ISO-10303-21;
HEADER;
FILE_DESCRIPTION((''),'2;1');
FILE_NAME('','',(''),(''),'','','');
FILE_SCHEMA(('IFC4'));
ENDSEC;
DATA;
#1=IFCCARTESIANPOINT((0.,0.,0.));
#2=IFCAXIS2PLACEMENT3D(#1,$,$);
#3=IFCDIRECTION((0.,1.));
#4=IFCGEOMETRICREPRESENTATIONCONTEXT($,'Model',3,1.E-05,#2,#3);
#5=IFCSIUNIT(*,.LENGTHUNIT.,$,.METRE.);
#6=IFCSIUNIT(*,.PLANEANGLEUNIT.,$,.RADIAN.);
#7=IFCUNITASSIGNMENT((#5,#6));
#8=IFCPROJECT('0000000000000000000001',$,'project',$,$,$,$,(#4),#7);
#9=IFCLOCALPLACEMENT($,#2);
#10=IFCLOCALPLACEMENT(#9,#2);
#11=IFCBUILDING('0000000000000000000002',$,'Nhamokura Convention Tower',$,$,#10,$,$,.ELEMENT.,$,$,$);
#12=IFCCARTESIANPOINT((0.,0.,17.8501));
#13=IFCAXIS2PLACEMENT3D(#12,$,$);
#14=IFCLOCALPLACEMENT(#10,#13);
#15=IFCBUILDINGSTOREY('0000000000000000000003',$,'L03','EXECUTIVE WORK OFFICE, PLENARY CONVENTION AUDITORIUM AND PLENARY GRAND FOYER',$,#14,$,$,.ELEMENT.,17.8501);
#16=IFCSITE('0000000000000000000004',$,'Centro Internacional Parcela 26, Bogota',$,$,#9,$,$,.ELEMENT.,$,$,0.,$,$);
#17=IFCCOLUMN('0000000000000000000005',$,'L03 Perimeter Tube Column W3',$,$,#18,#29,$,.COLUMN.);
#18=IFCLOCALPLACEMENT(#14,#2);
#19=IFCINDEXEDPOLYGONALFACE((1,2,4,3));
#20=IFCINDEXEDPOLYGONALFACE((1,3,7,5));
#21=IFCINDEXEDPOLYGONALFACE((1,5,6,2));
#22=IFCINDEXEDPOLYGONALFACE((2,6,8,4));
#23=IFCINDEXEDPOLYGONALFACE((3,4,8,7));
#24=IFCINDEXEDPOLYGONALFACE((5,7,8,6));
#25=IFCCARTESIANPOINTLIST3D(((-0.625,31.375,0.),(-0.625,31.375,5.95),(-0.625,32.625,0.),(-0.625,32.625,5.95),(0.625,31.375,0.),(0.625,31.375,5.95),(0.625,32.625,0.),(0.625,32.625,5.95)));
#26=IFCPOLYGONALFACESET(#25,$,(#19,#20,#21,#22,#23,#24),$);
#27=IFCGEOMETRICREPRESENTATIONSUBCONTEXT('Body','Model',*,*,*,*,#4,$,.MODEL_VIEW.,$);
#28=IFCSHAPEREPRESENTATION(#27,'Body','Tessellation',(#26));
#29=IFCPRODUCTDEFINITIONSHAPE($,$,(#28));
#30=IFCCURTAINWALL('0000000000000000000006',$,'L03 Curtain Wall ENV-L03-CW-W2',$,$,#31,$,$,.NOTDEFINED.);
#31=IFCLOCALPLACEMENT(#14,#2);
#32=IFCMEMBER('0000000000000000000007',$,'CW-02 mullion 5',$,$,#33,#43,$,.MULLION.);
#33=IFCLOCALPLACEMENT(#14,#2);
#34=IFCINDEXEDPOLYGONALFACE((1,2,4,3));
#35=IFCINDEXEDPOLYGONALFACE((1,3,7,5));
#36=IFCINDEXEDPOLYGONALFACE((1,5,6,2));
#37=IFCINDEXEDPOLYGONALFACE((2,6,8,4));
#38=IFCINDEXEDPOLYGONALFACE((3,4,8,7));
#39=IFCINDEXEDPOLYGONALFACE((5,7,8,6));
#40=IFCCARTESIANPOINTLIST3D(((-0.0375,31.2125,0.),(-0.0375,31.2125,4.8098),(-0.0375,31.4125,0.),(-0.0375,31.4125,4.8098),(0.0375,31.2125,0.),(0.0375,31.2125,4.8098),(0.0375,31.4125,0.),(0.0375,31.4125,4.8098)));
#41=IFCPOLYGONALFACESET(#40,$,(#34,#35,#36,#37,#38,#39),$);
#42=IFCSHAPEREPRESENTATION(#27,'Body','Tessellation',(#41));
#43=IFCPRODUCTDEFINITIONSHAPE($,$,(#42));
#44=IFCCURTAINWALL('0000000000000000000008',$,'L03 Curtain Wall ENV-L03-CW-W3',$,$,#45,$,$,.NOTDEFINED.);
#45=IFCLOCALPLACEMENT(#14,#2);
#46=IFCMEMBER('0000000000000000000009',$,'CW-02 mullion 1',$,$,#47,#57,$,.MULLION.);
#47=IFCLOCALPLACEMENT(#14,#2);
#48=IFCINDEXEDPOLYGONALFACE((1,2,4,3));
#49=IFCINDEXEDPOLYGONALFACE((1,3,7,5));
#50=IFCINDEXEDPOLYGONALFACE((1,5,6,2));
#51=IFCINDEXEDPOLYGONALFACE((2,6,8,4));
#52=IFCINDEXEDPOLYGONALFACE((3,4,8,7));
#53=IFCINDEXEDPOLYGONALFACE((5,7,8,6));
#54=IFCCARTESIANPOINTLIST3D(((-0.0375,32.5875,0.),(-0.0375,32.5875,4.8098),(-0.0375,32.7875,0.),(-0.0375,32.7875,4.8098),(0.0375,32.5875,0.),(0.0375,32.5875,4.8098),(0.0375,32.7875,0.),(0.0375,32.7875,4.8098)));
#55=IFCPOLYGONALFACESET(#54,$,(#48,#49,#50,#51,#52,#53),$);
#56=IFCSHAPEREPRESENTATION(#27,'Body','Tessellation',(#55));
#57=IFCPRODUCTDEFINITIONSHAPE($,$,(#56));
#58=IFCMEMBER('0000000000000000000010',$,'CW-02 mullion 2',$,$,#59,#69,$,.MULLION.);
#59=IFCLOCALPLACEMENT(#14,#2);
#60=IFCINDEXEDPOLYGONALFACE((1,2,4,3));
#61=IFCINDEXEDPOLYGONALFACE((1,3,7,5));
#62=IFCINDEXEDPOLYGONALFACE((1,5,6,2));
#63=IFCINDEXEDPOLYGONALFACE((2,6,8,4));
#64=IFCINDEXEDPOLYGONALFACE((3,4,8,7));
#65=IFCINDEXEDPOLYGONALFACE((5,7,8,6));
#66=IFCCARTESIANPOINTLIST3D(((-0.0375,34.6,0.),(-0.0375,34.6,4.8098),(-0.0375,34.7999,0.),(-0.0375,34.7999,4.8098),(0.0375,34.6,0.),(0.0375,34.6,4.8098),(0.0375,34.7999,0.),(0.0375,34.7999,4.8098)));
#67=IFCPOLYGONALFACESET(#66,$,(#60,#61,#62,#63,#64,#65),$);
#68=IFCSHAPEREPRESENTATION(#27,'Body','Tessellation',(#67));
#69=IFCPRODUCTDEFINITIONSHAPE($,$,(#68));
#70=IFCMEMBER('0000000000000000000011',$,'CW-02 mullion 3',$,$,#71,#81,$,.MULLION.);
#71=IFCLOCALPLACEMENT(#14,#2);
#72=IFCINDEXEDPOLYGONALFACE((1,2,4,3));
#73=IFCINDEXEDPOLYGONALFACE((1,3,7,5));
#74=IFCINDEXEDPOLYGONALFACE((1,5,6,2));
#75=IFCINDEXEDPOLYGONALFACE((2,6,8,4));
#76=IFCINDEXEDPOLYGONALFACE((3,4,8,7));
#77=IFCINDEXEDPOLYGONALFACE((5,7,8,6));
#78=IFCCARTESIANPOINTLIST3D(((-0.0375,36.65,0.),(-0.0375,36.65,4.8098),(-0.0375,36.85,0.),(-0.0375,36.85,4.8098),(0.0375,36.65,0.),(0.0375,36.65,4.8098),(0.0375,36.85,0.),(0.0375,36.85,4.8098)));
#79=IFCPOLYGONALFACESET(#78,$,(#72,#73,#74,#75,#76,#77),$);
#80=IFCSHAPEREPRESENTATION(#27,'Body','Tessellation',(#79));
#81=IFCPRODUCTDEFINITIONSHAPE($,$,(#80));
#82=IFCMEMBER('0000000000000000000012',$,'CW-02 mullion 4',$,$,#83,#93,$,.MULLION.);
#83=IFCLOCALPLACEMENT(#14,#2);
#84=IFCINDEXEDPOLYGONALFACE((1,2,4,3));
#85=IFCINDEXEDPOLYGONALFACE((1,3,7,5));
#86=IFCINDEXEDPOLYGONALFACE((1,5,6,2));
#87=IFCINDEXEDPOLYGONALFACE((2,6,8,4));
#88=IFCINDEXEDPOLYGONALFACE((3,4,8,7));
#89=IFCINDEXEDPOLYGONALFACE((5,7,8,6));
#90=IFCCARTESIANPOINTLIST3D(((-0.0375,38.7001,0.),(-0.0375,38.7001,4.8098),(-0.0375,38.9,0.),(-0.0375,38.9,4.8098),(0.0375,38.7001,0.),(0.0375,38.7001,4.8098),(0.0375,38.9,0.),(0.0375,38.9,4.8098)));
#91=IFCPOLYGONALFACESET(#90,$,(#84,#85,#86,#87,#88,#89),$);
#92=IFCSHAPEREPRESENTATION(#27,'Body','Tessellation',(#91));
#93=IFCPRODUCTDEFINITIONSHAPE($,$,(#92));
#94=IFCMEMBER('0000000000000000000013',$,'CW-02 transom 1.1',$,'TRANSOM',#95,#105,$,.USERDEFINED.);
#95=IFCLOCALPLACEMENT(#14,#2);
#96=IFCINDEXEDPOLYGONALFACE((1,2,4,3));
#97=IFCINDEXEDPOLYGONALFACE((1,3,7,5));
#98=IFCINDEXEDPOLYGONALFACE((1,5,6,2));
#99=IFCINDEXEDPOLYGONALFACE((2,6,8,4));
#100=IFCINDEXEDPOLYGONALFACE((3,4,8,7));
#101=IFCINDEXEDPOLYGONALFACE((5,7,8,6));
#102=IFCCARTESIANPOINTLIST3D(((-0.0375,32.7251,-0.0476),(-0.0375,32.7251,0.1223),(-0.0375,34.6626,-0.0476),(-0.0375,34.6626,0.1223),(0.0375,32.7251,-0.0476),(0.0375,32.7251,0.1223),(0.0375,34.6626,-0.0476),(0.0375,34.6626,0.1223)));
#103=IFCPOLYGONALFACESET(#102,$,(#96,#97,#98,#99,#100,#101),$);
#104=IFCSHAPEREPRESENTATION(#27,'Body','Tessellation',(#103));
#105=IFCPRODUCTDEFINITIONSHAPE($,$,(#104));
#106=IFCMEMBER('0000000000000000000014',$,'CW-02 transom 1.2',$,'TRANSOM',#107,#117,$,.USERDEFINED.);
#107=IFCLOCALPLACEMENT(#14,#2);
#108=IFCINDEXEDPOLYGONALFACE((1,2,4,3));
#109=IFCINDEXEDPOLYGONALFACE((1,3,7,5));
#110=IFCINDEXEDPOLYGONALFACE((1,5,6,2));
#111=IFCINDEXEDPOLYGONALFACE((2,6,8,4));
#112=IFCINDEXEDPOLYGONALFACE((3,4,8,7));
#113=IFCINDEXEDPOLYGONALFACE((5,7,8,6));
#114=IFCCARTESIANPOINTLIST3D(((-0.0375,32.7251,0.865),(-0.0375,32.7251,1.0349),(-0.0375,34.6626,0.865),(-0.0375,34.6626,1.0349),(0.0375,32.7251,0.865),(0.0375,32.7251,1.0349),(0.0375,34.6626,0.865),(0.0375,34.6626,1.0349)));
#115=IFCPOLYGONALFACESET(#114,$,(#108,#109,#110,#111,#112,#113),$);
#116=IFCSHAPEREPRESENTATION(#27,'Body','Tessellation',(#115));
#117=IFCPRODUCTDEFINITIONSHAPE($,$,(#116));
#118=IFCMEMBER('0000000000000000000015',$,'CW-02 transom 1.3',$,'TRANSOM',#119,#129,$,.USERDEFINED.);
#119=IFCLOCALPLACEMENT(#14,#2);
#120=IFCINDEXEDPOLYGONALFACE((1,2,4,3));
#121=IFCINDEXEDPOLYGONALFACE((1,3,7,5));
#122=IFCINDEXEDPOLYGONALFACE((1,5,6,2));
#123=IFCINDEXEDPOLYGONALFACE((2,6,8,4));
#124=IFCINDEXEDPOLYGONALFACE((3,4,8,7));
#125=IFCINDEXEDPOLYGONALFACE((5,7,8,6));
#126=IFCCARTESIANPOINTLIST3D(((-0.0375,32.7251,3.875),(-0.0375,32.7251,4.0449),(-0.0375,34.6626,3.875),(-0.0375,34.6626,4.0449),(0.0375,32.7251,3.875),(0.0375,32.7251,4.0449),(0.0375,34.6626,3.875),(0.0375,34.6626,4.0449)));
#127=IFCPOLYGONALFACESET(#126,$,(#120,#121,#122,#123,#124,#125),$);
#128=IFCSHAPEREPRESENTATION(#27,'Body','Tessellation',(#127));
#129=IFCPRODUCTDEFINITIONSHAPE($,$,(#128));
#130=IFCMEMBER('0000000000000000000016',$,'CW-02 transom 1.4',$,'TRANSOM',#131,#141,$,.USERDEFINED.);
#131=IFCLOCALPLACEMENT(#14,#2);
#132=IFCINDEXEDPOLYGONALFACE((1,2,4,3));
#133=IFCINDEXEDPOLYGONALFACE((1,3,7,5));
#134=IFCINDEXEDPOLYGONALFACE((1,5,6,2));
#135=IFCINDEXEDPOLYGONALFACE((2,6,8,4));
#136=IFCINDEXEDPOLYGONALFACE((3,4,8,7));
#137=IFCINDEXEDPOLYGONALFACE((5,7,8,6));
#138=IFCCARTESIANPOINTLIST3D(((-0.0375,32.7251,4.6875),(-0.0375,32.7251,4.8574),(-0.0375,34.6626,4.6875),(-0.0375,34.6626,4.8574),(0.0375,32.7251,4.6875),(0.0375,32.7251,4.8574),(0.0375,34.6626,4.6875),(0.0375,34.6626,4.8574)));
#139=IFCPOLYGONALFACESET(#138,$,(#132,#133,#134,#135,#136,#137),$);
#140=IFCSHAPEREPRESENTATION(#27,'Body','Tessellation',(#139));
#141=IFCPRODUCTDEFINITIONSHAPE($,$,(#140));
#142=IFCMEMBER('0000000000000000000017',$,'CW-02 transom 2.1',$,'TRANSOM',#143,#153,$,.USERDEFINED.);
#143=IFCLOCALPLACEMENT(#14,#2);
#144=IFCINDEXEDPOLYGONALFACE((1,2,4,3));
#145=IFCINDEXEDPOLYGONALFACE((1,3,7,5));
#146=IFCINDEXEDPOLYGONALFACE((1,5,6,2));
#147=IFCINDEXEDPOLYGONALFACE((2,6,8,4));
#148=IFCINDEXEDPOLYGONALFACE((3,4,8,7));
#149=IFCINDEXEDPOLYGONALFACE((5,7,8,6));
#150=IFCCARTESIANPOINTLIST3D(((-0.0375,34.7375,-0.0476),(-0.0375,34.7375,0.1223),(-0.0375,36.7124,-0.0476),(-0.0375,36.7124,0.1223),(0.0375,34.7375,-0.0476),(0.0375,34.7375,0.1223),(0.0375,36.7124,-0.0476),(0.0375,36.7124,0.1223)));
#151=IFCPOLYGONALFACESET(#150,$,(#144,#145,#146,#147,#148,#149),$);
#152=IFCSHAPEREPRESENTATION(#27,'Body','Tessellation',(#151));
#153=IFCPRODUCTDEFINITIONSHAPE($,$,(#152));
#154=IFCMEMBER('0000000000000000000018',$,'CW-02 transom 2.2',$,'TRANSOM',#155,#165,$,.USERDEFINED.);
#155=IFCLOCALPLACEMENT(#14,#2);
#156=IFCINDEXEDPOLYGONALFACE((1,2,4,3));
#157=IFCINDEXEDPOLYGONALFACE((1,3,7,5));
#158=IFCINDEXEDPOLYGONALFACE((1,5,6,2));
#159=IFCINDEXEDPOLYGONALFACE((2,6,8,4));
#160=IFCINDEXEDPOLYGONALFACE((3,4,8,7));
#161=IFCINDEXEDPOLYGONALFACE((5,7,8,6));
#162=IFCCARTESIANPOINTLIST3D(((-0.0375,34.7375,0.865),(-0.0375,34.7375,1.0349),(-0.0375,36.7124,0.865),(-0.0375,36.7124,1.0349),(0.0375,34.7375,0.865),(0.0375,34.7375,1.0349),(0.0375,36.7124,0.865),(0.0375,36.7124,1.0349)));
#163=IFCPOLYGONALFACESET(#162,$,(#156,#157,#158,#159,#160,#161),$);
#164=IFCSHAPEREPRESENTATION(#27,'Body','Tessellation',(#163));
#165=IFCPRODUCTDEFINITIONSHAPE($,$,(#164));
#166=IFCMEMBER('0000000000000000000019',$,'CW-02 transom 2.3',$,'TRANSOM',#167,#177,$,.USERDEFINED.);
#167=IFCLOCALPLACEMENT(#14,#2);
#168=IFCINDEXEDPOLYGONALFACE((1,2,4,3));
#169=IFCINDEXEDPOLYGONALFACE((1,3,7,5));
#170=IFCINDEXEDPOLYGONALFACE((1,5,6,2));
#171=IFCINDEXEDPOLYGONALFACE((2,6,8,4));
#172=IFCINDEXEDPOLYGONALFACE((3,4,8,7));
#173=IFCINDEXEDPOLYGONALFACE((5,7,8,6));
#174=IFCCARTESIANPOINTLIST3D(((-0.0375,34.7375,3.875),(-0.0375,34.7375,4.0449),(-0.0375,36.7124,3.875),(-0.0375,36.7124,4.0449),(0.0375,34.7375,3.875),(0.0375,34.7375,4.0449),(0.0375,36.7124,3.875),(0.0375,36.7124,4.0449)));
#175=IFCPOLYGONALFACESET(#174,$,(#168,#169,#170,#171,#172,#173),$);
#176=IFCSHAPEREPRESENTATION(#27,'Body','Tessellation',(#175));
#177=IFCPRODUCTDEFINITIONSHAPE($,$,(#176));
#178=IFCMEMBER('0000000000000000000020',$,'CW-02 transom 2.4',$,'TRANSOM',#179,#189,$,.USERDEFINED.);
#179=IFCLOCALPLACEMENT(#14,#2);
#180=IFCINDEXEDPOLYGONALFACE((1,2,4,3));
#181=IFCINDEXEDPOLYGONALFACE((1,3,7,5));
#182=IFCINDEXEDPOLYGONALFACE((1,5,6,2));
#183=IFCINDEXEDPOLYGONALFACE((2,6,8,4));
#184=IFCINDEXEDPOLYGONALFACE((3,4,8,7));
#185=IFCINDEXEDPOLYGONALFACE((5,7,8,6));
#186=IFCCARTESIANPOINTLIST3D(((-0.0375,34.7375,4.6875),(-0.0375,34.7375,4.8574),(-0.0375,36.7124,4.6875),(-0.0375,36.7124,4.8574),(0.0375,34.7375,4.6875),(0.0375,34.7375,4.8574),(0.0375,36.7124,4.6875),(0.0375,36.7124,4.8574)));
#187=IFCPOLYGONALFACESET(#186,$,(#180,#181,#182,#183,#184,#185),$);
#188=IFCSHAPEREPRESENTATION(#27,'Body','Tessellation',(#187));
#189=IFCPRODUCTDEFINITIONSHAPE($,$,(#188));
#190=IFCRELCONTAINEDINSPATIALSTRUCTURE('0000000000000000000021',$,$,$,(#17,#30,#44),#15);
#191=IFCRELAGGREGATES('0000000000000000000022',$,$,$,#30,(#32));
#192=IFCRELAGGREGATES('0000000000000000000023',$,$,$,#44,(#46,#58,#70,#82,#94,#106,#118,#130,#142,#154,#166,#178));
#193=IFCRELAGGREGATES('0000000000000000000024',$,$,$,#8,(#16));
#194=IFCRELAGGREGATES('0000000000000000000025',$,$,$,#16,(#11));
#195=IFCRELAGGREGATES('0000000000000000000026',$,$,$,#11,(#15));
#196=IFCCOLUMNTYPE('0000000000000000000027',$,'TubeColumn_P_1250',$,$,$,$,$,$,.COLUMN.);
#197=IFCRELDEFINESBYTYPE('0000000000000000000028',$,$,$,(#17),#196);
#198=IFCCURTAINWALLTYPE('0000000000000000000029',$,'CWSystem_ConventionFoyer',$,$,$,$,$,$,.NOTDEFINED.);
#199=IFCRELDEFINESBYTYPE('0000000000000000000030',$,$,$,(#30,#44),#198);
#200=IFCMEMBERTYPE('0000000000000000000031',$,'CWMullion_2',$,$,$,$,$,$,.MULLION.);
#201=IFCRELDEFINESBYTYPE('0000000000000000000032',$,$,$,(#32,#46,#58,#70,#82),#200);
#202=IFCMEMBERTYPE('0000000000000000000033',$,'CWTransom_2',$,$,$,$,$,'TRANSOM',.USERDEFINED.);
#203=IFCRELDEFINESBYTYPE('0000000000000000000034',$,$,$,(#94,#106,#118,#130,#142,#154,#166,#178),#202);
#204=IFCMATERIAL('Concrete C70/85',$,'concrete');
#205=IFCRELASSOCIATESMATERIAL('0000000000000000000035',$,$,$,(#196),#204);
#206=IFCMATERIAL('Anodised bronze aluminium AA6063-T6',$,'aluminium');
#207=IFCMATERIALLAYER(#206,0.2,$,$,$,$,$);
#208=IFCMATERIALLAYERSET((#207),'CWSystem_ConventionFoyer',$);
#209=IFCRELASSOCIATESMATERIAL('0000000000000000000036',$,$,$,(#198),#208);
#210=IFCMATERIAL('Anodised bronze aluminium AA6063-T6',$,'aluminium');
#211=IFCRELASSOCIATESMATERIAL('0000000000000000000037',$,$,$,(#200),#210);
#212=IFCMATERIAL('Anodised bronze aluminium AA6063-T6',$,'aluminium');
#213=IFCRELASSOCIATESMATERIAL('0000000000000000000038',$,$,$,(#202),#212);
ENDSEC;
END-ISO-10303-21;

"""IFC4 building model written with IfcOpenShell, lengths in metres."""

from ifc_helpers import new_model, si_unit, direction, frame, origin, origin_2d, place, context, subcontext, project, spatial, rectangle, extrude, material, layer, layer_set, material_profile, profile_set, type_object, element, aggregate, save


model = new_model("IFC4")

# Units and contexts
model_context = context("Model", 3, precision=1e-05, world=origin(), true_north=direction((0.0, 1.0)))
body_context = subcontext(model_context, "Body", "Model", "MODEL_VIEW")
ifc_project = project(units=[si_unit("LENGTHUNIT", "METRE"), si_unit("PLANEANGLEUNIT", "RADIAN")], contexts=[model_context])

# Site, building, storey
site_placement = place(None, origin())
site = spatial("IfcSite", under=ifc_project, at=site_placement, Name="Centro Internacional Parcela 26, Bogota", CompositionType="ELEMENT", RefElevation=0.0)
building_placement = place(site_placement, origin())
building = spatial("IfcBuilding", under=site, at=building_placement, Name="Nhamokura Convention Tower", CompositionType="ELEMENT")
storey_placement = place(building_placement, frame((0.0, 0.0, 17.8501)))
storey = spatial("IfcBuildingStorey", under=building, at=storey_placement, Name="L03", Description="EXECUTIVE WORK OFFICE, PLENARY CONVENTION AUDITORIUM AND PLENARY GRAND FOYER", CompositionType="ELEMENT", Elevation=17.8501)

# Column
ifc_material_1 = material(Name="Concrete C70/85", Category="concrete")
ifc_material_profile_1 = material_profile(ifc_material_1, rectangle(XDim=1.25, YDim=1.25, at=origin_2d()))
ifc_profile_set_1 = profile_set([ifc_material_profile_1], Name="Concrete C70/85")
column_type = type_object("IfcColumnType", Name="TubeColumn_P_1250", PredefinedType="COLUMN", material=ifc_profile_set_1)
column_placement = place(storey_placement, frame((0.0, 32.0, 0.0), z_axis=(0.0, 0.0, 1.0), x_axis=(1.0, 0.0, 0.0)))
element("IfcColumn", 1, at=column_placement, inside=storey, type_object=column_type, Name="L03 Perimeter Tube Column W3", PredefinedType="COLUMN", context=body_context, shape_type="SweptSolid", body=[
    extrude(rectangle(XDim=1.25, YDim=1.25, at=origin_2d()), origin(), (0.0, 0.0, 1.0), 5.95),
])

# Curtain wall, member
ifc_material_2 = material(Name="Anodised bronze aluminium AA6063-T6", Category="aluminium")
ifc_layer_1 = layer(ifc_material_2, 0.2)
ifc_layer_set_1 = layer_set([ifc_layer_1], Name="CWSystem_ConventionFoyer")
curtain_wall_type = type_object("IfcCurtainWallType", Name="CWSystem_ConventionFoyer", PredefinedType="NOTDEFINED", material=ifc_layer_set_1)
curtain_wall_1_placement = place(storey_placement, origin())
curtain_wall_1 = element("IfcCurtainWall", 2, at=curtain_wall_1_placement, inside=storey, type_object=curtain_wall_type, Name="L03 Curtain Wall ENV-L03-CW-W2", PredefinedType="NOTDEFINED")
ifc_material_3 = material(Name="Anodised bronze aluminium AA6063-T6", Category="aluminium")
ifc_material_profile_2 = material_profile(ifc_material_3, rectangle(XDim=0.075, YDim=0.2, at=origin_2d()))
ifc_profile_set_2 = profile_set([ifc_material_profile_2], Name="Anodised bronze aluminium AA6063-T6")
member_type_1 = type_object("IfcMemberType", Name="CWMullion_2", PredefinedType="MULLION", material=ifc_profile_set_2)
member_1_placement = place(storey_placement, frame((0.0, 31.3125, 0.0), z_axis=(0.0, 0.0, 1.0), x_axis=(-1.0, 0.0, 0.0)))
member_1 = element("IfcMember", 3, at=member_1_placement, type_object=member_type_1, Name="CW-02 mullion 5", PredefinedType="MULLION", context=body_context, shape_type="SweptSolid", body=[
    extrude(rectangle(XDim=0.075, YDim=0.2, at=origin_2d()), origin(), (0.0, 0.0, 1.0), 4.8098),
])

# Curtain wall, members
curtain_wall_2_placement = place(storey_placement, origin())
curtain_wall_2 = element("IfcCurtainWall", 4, at=curtain_wall_2_placement, inside=storey, type_object=curtain_wall_type, Name="L03 Curtain Wall ENV-L03-CW-W3", PredefinedType="NOTDEFINED")
member_2_placement = place(storey_placement, frame((0.0, 32.6875, 0.0), z_axis=(0.0, 0.0, 1.0), x_axis=(-1.0, 0.0, 0.0)))
member_2 = element("IfcMember", 5, at=member_2_placement, type_object=member_type_1, Name="CW-02 mullion 1", PredefinedType="MULLION", context=body_context, shape_type="SweptSolid", body=[
    extrude(rectangle(XDim=0.075, YDim=0.2, at=origin_2d()), origin(), (0.0, 0.0, 1.0), 4.8098),
])
member_3_placement = place(storey_placement, frame((0.0, 34.7, 0.0), z_axis=(0.0, 0.0, 1.0), x_axis=(-1.0, 0.0, 0.0)))
member_3 = element("IfcMember", 6, at=member_3_placement, type_object=member_type_1, Name="CW-02 mullion 2", PredefinedType="MULLION", context=body_context, shape_type="SweptSolid", body=[
    extrude(rectangle(XDim=0.075, YDim=0.2, at=origin_2d()), origin(), (0.0, 0.0, 1.0), 4.8098),
])
member_4_placement = place(storey_placement, frame((0.0, 36.75, 0.0), z_axis=(0.0, 0.0, 1.0), x_axis=(-1.0, 0.0, 0.0)))
member_4 = element("IfcMember", 7, at=member_4_placement, type_object=member_type_1, Name="CW-02 mullion 3", PredefinedType="MULLION", context=body_context, shape_type="SweptSolid", body=[
    extrude(rectangle(XDim=0.075, YDim=0.2, at=origin_2d()), origin(), (0.0, 0.0, 1.0), 4.8098),
])
member_5_placement = place(storey_placement, frame((0.0, 38.8, 0.0), z_axis=(0.0, 0.0, 1.0), x_axis=(-1.0, 0.0, 0.0)))
member_5 = element("IfcMember", 8, at=member_5_placement, type_object=member_type_1, Name="CW-02 mullion 4", PredefinedType="MULLION", context=body_context, shape_type="SweptSolid", body=[
    extrude(rectangle(XDim=0.075, YDim=0.2, at=origin_2d()), origin(), (0.0, 0.0, 1.0), 4.8098),
])
ifc_material_4 = material(Name="Anodised bronze aluminium AA6063-T6", Category="aluminium")
ifc_material_profile_3 = material_profile(ifc_material_4, rectangle(XDim=0.075, YDim=0.1699, at=origin_2d()))
ifc_profile_set_3 = profile_set([ifc_material_profile_3], Name="Anodised bronze aluminium AA6063-T6")
member_type_2 = type_object("IfcMemberType", Name="CWTransom_2", ElementType="TRANSOM", PredefinedType="USERDEFINED", material=ifc_profile_set_3)
member_6_placement = place(storey_placement, frame((0.0, 32.7251, 0.0374), z_axis=(0.0, 1.0, 0.0), x_axis=(-1.0, 0.0, 0.0)))
member_6 = element("IfcMember", 9, at=member_6_placement, type_object=member_type_2, Name="CW-02 transom 1.1", ObjectType="TRANSOM", PredefinedType="USERDEFINED", context=body_context, shape_type="SweptSolid", body=[
    extrude(rectangle(XDim=0.075, YDim=0.1699, at=origin_2d()), origin(), (0.0, 0.0, 1.0), 1.9375),
])
member_7_placement = place(storey_placement, frame((0.0, 32.7251, 0.95), z_axis=(0.0, 1.0, 0.0), x_axis=(-1.0, 0.0, 0.0)))
member_7 = element("IfcMember", 10, at=member_7_placement, type_object=member_type_2, Name="CW-02 transom 1.2", ObjectType="TRANSOM", PredefinedType="USERDEFINED", context=body_context, shape_type="SweptSolid", body=[
    extrude(rectangle(XDim=0.075, YDim=0.1699, at=origin_2d()), origin(), (0.0, 0.0, 1.0), 1.9375),
])
member_8_placement = place(storey_placement, frame((0.0, 32.7251, 3.96), z_axis=(0.0, 1.0, 0.0), x_axis=(-1.0, 0.0, 0.0)))
member_8 = element("IfcMember", 11, at=member_8_placement, type_object=member_type_2, Name="CW-02 transom 1.3", ObjectType="TRANSOM", PredefinedType="USERDEFINED", context=body_context, shape_type="SweptSolid", body=[
    extrude(rectangle(XDim=0.075, YDim=0.1699, at=origin_2d()), origin(), (0.0, 0.0, 1.0), 1.9375),
])
member_9_placement = place(storey_placement, frame((0.0, 32.7251, 4.7725), z_axis=(0.0, 1.0, 0.0), x_axis=(-1.0, 0.0, 0.0)))
member_9 = element("IfcMember", 12, at=member_9_placement, type_object=member_type_2, Name="CW-02 transom 1.4", ObjectType="TRANSOM", PredefinedType="USERDEFINED", context=body_context, shape_type="SweptSolid", body=[
    extrude(rectangle(XDim=0.075, YDim=0.1699, at=origin_2d()), origin(), (0.0, 0.0, 1.0), 1.9375),
])
member_10_placement = place(storey_placement, frame((0.0, 34.7375, 0.0374), z_axis=(0.0, 1.0, 0.0), x_axis=(-1.0, 0.0, 0.0)))
member_10 = element("IfcMember", 13, at=member_10_placement, type_object=member_type_2, Name="CW-02 transom 2.1", ObjectType="TRANSOM", PredefinedType="USERDEFINED", context=body_context, shape_type="SweptSolid", body=[
    extrude(rectangle(XDim=0.075, YDim=0.1699, at=origin_2d()), origin(), (0.0, 0.0, 1.0), 1.9749),
])
member_11_placement = place(storey_placement, frame((0.0, 34.7375, 0.95), z_axis=(0.0, 1.0, 0.0), x_axis=(-1.0, 0.0, 0.0)))
member_11 = element("IfcMember", 14, at=member_11_placement, type_object=member_type_2, Name="CW-02 transom 2.2", ObjectType="TRANSOM", PredefinedType="USERDEFINED", context=body_context, shape_type="SweptSolid", body=[
    extrude(rectangle(XDim=0.075, YDim=0.1699, at=origin_2d()), origin(), (0.0, 0.0, 1.0), 1.9749),
])
member_12_placement = place(storey_placement, frame((0.0, 34.7375, 3.96), z_axis=(0.0, 1.0, 0.0), x_axis=(-1.0, 0.0, 0.0)))
member_12 = element("IfcMember", 15, at=member_12_placement, type_object=member_type_2, Name="CW-02 transom 2.3", ObjectType="TRANSOM", PredefinedType="USERDEFINED", context=body_context, shape_type="SweptSolid", body=[
    extrude(rectangle(XDim=0.075, YDim=0.1699, at=origin_2d()), origin(), (0.0, 0.0, 1.0), 1.9749),
])
member_13_placement = place(storey_placement, frame((0.0, 34.7375, 4.7725), z_axis=(0.0, 1.0, 0.0), x_axis=(-1.0, 0.0, 0.0)))
member_13 = element("IfcMember", 16, at=member_13_placement, type_object=member_type_2, Name="CW-02 transom 2.4", ObjectType="TRANSOM", PredefinedType="USERDEFINED", context=body_context, shape_type="SweptSolid", body=[
    extrude(rectangle(XDim=0.075, YDim=0.1699, at=origin_2d()), origin(), (0.0, 0.0, 1.0), 1.9749),
])

aggregate(curtain_wall_1, [member_1])
aggregate(curtain_wall_2, [member_2, member_3, member_4, member_5, member_6, member_7, member_8, member_9, member_10, member_11, member_12, member_13])

save(model, "model.ifc")
